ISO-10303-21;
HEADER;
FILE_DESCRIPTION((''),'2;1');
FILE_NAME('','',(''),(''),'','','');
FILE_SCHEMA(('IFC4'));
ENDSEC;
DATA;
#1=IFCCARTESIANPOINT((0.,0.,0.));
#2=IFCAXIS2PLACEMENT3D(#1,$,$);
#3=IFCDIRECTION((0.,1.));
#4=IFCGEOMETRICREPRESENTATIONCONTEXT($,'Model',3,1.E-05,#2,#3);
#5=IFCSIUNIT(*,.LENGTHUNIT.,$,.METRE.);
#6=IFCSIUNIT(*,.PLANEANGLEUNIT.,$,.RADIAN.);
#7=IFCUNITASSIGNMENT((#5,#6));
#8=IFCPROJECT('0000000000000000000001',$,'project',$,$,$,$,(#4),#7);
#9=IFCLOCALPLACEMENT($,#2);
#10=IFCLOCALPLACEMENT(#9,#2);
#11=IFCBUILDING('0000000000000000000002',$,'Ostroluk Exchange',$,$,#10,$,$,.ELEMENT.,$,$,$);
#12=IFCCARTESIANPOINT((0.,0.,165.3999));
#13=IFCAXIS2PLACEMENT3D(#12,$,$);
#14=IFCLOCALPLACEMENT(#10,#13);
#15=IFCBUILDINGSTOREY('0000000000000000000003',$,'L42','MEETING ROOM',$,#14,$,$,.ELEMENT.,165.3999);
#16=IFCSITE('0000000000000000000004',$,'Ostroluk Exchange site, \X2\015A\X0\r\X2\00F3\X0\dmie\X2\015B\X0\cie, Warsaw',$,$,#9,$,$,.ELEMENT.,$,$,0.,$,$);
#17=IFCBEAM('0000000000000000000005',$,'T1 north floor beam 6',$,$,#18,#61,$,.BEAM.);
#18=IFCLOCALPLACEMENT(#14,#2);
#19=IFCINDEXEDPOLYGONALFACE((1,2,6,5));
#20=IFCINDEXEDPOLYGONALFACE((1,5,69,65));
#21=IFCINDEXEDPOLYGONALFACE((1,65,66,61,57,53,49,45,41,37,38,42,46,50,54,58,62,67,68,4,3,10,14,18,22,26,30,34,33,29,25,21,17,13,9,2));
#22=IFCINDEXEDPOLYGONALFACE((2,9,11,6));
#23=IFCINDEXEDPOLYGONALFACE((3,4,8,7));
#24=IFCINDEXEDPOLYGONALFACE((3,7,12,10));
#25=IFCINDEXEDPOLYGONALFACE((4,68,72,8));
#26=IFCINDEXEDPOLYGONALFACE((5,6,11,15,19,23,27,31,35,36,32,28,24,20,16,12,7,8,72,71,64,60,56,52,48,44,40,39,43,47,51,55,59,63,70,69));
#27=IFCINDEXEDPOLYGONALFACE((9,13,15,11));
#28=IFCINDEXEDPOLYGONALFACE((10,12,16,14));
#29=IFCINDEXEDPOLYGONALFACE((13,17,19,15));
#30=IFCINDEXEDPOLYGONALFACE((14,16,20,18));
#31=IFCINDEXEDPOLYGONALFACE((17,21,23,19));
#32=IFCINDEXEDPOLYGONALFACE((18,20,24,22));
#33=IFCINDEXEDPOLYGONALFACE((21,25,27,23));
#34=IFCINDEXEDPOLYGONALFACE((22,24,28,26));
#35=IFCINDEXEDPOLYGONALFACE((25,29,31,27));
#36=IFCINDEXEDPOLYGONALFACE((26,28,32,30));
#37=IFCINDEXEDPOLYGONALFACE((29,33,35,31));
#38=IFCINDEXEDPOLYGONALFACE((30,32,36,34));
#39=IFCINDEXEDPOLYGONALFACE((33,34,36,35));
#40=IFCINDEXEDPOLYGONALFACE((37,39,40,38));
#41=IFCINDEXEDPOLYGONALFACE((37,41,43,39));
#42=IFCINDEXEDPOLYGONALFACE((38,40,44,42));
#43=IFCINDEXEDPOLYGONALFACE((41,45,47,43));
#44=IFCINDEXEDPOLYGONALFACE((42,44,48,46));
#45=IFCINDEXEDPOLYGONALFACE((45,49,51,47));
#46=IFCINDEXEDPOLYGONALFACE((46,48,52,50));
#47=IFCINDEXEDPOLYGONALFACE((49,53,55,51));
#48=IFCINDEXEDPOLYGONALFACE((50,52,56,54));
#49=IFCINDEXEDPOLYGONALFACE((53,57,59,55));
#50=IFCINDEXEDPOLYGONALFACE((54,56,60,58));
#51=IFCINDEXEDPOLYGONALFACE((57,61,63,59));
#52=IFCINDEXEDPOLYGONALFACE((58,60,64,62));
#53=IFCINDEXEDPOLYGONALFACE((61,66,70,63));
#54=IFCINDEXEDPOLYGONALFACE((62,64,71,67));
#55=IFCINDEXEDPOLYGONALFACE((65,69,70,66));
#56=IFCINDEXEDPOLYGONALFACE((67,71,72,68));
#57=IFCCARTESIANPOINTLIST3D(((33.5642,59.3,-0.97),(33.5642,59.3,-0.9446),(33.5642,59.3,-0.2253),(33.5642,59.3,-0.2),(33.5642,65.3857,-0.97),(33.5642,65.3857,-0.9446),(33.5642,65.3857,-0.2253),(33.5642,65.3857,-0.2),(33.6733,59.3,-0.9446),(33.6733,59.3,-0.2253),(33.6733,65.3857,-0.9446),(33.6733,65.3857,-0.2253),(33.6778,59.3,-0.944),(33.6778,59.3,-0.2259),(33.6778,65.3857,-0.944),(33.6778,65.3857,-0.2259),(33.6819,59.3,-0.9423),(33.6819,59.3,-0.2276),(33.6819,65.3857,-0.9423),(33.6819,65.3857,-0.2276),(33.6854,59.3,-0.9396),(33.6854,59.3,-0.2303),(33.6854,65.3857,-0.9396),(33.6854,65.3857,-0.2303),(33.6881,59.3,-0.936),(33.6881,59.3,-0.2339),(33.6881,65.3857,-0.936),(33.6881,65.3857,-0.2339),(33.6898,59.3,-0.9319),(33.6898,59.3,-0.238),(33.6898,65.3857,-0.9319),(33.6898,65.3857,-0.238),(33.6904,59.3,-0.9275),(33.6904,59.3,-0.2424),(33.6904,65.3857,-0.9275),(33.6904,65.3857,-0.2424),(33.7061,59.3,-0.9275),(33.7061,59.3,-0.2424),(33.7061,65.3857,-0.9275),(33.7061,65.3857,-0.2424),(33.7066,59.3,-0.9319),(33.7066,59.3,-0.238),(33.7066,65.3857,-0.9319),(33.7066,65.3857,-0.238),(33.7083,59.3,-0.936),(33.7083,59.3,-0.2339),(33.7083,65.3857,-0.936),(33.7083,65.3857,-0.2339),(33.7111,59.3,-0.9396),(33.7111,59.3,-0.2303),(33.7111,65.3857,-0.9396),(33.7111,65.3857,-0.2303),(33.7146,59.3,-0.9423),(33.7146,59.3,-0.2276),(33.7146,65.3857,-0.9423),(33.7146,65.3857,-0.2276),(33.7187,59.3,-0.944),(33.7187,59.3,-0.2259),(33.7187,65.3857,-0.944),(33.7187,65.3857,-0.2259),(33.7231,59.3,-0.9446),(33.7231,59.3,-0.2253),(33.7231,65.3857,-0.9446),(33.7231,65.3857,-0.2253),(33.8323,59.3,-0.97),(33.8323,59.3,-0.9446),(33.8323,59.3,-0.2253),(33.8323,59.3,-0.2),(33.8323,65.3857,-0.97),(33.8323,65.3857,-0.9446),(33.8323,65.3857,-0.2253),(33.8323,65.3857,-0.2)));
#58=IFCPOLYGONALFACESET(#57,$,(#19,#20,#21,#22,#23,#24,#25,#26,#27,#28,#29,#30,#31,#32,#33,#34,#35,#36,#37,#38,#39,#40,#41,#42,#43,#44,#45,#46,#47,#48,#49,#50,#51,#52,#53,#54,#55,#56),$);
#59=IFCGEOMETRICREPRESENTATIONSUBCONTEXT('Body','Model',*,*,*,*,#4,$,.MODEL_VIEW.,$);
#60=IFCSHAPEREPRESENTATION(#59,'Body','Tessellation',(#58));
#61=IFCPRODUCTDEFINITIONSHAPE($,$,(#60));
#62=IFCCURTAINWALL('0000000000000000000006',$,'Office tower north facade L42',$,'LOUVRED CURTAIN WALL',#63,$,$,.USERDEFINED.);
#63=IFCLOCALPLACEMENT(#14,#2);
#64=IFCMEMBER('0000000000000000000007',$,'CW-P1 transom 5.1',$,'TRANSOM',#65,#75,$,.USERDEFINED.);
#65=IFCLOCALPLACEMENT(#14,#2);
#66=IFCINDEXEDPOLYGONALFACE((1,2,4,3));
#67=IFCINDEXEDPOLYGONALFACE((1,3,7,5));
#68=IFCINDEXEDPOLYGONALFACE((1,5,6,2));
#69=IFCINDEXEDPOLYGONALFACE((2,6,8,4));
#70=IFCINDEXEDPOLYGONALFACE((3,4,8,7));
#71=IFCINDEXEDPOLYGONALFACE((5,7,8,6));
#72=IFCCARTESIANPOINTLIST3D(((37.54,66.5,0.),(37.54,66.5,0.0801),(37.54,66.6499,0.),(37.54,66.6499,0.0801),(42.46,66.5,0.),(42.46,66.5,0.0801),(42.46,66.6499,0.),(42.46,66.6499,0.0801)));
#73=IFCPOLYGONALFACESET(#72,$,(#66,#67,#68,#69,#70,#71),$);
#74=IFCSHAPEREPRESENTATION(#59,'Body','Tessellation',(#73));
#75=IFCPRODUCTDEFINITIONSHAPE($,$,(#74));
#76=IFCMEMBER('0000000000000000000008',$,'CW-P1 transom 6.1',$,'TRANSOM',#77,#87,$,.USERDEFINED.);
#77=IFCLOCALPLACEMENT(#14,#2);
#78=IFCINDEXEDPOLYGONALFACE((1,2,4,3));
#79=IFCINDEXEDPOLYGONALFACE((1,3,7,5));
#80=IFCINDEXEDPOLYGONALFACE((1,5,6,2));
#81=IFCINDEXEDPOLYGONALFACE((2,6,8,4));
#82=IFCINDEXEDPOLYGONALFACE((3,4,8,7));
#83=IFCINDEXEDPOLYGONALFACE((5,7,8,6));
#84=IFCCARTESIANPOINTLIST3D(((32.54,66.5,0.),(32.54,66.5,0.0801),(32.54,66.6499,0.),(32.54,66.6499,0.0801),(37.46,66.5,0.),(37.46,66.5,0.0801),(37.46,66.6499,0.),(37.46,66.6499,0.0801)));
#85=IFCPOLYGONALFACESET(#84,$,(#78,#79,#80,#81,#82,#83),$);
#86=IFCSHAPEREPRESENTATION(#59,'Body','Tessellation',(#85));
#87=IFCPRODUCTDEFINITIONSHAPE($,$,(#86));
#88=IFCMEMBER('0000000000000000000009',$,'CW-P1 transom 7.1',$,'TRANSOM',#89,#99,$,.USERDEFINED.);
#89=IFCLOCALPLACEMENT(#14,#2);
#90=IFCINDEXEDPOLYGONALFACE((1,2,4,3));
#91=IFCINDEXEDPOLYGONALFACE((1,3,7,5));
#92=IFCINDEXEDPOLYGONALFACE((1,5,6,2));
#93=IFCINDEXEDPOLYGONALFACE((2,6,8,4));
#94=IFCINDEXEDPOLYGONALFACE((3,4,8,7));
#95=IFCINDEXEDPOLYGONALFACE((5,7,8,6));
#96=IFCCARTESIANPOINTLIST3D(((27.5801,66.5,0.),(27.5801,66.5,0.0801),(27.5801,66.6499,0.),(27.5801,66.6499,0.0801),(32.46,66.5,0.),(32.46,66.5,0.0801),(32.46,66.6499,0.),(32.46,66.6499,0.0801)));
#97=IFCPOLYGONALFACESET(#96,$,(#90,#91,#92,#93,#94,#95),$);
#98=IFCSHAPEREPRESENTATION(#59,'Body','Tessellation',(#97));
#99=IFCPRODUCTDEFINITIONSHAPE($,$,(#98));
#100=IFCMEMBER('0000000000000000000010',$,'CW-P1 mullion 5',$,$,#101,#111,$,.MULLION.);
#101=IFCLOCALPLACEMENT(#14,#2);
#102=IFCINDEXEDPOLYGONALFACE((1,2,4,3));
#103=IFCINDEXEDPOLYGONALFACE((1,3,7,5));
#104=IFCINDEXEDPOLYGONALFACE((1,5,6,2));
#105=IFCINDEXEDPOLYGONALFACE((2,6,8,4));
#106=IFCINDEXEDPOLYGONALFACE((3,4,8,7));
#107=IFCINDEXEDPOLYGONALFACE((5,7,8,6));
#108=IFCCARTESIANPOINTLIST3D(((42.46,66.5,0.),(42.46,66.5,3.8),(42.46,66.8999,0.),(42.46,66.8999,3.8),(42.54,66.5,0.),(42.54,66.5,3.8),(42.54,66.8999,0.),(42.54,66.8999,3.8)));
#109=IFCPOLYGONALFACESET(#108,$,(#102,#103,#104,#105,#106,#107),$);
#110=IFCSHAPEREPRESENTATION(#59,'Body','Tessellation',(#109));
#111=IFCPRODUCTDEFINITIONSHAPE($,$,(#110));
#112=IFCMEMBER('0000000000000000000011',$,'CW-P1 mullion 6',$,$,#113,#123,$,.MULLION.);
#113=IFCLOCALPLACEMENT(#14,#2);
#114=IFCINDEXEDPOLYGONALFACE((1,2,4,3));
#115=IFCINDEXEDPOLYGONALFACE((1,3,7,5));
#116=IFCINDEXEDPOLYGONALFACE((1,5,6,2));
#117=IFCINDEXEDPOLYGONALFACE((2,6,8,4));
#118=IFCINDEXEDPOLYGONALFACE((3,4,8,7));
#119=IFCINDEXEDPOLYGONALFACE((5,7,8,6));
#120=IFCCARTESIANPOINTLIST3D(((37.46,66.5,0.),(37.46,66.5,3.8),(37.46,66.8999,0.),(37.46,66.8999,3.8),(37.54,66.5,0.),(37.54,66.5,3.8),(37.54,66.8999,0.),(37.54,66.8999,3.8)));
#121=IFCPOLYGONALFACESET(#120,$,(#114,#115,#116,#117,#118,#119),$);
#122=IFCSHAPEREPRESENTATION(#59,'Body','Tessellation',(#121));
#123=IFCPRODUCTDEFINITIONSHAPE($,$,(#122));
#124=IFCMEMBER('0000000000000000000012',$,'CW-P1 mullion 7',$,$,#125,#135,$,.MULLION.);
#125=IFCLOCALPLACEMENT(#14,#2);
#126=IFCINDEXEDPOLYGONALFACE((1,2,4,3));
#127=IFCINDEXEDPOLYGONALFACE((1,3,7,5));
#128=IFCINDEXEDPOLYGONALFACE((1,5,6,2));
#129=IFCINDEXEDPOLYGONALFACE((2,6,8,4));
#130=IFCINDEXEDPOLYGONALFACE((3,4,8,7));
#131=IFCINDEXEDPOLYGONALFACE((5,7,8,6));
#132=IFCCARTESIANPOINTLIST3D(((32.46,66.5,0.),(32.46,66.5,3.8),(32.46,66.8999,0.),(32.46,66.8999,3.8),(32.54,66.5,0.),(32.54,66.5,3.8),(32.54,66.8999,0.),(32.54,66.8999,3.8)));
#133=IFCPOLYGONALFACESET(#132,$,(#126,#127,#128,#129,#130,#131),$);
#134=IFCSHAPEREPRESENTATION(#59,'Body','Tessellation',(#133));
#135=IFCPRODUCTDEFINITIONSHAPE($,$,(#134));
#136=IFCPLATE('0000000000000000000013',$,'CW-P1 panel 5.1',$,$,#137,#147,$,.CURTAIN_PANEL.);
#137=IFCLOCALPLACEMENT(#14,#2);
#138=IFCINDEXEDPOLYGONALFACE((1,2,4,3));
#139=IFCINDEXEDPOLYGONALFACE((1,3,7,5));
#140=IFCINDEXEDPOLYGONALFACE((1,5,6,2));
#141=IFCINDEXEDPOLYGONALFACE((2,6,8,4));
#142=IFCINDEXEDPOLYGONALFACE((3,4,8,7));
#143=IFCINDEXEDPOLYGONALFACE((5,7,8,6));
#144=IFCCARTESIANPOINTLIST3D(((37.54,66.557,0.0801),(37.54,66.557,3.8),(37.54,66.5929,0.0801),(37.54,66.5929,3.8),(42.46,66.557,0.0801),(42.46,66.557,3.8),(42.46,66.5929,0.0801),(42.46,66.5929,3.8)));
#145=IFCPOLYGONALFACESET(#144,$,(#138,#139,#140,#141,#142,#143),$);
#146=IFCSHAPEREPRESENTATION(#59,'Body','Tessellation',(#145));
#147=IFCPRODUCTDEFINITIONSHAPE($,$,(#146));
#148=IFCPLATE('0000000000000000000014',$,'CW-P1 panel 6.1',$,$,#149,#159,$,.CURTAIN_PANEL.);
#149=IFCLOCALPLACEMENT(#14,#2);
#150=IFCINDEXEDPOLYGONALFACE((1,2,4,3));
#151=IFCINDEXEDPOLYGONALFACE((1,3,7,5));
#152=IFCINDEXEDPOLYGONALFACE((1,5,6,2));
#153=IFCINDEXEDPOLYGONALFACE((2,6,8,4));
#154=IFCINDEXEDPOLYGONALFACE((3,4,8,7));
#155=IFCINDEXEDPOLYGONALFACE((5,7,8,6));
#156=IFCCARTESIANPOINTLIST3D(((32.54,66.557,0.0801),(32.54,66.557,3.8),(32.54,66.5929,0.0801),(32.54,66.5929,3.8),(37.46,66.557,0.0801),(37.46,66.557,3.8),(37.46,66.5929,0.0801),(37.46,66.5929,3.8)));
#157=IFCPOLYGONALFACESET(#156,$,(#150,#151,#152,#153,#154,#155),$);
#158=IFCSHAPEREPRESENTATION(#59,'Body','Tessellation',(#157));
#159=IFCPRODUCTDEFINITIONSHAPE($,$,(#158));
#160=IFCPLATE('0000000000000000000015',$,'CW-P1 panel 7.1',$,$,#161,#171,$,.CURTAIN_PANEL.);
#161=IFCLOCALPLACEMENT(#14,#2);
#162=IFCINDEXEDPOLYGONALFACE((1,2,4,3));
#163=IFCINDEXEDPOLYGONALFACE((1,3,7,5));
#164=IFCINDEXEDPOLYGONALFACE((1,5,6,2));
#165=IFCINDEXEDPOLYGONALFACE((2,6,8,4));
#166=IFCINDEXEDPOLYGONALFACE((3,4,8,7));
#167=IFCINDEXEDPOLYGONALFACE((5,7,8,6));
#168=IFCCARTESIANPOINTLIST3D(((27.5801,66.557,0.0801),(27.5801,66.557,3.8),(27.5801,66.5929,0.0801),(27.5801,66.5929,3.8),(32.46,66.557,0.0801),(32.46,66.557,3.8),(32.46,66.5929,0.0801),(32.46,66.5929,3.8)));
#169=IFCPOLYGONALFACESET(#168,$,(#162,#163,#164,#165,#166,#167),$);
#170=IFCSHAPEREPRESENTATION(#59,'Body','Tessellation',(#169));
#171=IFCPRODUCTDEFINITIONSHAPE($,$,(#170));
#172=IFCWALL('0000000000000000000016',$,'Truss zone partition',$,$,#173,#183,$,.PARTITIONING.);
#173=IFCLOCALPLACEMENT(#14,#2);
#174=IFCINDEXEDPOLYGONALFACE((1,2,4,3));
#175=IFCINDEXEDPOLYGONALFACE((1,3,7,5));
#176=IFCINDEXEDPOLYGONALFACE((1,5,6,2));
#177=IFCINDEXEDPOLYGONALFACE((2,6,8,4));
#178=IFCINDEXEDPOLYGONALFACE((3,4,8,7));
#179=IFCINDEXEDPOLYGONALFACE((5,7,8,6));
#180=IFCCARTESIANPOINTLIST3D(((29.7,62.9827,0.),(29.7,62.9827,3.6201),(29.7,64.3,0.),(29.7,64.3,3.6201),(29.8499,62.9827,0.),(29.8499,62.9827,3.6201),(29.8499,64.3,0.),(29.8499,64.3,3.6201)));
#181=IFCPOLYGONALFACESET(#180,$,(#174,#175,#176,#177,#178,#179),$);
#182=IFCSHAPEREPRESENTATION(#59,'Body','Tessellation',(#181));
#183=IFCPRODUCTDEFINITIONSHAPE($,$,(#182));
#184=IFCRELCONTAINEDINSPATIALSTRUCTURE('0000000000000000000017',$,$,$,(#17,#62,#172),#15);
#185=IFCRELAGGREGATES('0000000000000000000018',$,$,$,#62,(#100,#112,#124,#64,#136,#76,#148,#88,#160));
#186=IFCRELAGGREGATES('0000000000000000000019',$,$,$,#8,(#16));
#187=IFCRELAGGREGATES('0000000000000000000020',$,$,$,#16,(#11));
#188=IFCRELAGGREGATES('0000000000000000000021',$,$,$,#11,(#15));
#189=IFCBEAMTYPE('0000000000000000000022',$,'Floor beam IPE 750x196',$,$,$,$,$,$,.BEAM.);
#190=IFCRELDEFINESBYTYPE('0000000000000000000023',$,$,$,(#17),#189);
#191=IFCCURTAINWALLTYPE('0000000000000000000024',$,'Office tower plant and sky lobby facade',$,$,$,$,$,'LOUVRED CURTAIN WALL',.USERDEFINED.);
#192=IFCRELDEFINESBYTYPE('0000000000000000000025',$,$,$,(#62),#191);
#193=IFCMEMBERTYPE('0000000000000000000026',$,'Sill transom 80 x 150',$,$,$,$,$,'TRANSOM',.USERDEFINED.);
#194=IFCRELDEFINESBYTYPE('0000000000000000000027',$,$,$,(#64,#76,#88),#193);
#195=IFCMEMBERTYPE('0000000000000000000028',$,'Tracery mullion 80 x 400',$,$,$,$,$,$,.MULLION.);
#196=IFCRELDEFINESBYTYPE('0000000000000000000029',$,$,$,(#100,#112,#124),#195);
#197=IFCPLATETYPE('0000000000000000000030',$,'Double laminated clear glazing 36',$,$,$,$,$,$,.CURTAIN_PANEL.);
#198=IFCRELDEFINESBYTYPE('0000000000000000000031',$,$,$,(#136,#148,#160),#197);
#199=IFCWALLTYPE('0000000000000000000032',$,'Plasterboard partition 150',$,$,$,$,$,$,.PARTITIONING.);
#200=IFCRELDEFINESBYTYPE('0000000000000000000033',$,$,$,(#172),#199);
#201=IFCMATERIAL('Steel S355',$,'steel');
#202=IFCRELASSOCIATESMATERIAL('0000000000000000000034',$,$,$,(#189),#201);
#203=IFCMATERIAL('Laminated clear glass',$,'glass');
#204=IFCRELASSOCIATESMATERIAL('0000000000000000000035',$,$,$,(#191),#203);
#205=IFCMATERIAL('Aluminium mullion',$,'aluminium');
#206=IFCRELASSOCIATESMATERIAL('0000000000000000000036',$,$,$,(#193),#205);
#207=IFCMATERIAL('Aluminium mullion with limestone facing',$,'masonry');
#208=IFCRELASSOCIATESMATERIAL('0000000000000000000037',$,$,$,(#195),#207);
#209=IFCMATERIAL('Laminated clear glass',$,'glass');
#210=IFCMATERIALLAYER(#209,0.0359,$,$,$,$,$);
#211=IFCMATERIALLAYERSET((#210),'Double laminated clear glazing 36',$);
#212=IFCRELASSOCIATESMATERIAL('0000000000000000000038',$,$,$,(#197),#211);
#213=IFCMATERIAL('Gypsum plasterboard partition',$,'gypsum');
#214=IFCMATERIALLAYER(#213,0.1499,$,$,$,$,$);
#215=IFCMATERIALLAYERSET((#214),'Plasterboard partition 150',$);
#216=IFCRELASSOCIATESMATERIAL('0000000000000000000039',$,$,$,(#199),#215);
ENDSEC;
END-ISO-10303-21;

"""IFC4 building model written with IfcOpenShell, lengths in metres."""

from ifc_helpers import new_model, si_unit, direction, frame, frame_2d, origin, origin_2d, place, context, subcontext, project, spatial, rectangle, i_section, extrude, material, layer, layer_set, material_profile, profile_set, type_object, element, aggregate, save


model = new_model("IFC4")

# Units and contexts
model_context = context("Model", 3, precision=1e-05, world=origin(), true_north=direction((0.0, 1.0)))
body_context = subcontext(model_context, "Body", "Model", "MODEL_VIEW")
ifc_project = project(units=[si_unit("LENGTHUNIT", "METRE"), si_unit("PLANEANGLEUNIT", "RADIAN")], contexts=[model_context])

# Site, building, storey
site_placement = place(None, origin())
site = spatial("IfcSite", under=ifc_project, at=site_placement, Name="Ostroluk Exchange site, Śródmieście, Warsaw", CompositionType="ELEMENT", RefElevation=0.0)
building_placement = place(site_placement, origin())
building = spatial("IfcBuilding", under=site, at=building_placement, Name="Ostroluk Exchange", CompositionType="ELEMENT")
storey_placement = place(building_placement, frame((0.0, 0.0, 165.3999)))
storey = spatial("IfcBuildingStorey", under=building, at=storey_placement, Name="L42", Description="MEETING ROOM", CompositionType="ELEMENT", Elevation=165.3999)

# Beam
ifc_material_1 = material(Name="Steel S355", Category="steel")
ifc_material_profile_1 = material_profile(ifc_material_1, i_section(OverallWidth=0.2681, OverallDepth=0.77, WebThickness=0.0156, FlangeThickness=0.0254, FilletRadius=0.0171, at=origin_2d()), Name="IPE 750x196")
ifc_profile_set_1 = profile_set([ifc_material_profile_1], Name="Steel S355")
beam_type_1 = type_object("IfcBeamType", Name="Floor beam IPE 750x196", PredefinedType="BEAM", material=ifc_profile_set_1)
for number, where, z_axis, x_axis, name in (
    (1, (33.6982, 59.3, -0.585), (0.0, 1.0, 0.0), (-1.0, 0.0, 0.0), "T1 north floor beam 6"),
):
    element("IfcBeam", number, at=place(storey_placement, frame(where, z_axis=z_axis, x_axis=x_axis)), inside=storey, type_object=beam_type_1, Name=name, PredefinedType="BEAM", context=body_context, shape_type="SweptSolid", body=[
        extrude(i_section(OverallWidth=0.2681, OverallDepth=0.77, WebThickness=0.0156, FlangeThickness=0.0254, FilletRadius=0.0171, at=origin_2d()), origin(), (0.0, 0.0, 1.0), 6.0857),
    ])

# Curtain wall, members, plates
ifc_material_2 = material(Name="Laminated clear glass", Category="glass")
curtain_wall_type = type_object("IfcCurtainWallType", Name="Office tower plant and sky lobby facade", ElementType="LOUVRED CURTAIN WALL", PredefinedType="USERDEFINED", material=ifc_material_2)
curtain_wall_placement = place(storey_placement, origin())
curtain_wall = element("IfcCurtainWall", 2, at=curtain_wall_placement, inside=storey, type_object=curtain_wall_type, Name="Office tower north facade L42", ObjectType="LOUVRED CURTAIN WALL", PredefinedType="USERDEFINED")
ifc_material_3 = material(Name="Aluminium mullion", Category="aluminium")
ifc_material_profile_2 = material_profile(ifc_material_3, rectangle(XDim=0.1499, YDim=0.0801, at=origin_2d()), Name="Sill transom 80 x 150")
ifc_profile_set_2 = profile_set([ifc_material_profile_2], Name="Aluminium mullion")
member_type_1 = type_object("IfcMemberType", Name="Sill transom 80 x 150", ElementType="TRANSOM", PredefinedType="USERDEFINED", material=ifc_profile_set_2)
member_1_placement = place(storey_placement, frame((42.46, 66.575, 0.04), z_axis=(-1.0, 0.0, 0.0), x_axis=(0.0, -1.0, 0.0)))
member_1 = element("IfcMember", 3, at=member_1_placement, type_object=member_type_1, Name="CW-P1 transom 5.1", ObjectType="TRANSOM", PredefinedType="USERDEFINED", context=body_context, shape_type="SweptSolid", body=[
    extrude(rectangle(XDim=0.1499, YDim=0.0801, at=origin_2d()), origin(), (0.0, 0.0, 1.0), 4.9199),
])
member_2_placement = place(storey_placement, frame((37.46, 66.575, 0.04), z_axis=(-1.0, 0.0, 0.0), x_axis=(0.0, -1.0, 0.0)))
member_2 = element("IfcMember", 4, at=member_2_placement, type_object=member_type_1, Name="CW-P1 transom 6.1", ObjectType="TRANSOM", PredefinedType="USERDEFINED", context=body_context, shape_type="SweptSolid", body=[
    extrude(rectangle(XDim=0.1499, YDim=0.0801, at=origin_2d()), origin(), (0.0, 0.0, 1.0), 4.9199),
])
member_3_placement = place(storey_placement, frame((32.46, 66.575, 0.04), z_axis=(-1.0, 0.0, 0.0), x_axis=(0.0, -1.0, 0.0)))
member_3 = element("IfcMember", 5, at=member_3_placement, type_object=member_type_1, Name="CW-P1 transom 7.1", ObjectType="TRANSOM", PredefinedType="USERDEFINED", context=body_context, shape_type="SweptSolid", body=[
    extrude(rectangle(XDim=0.1499, YDim=0.0801, at=origin_2d()), origin(), (0.0, 0.0, 1.0), 4.8799),
])
ifc_material_4 = material(Name="Aluminium mullion with limestone facing", Category="masonry")
ifc_material_profile_3 = material_profile(ifc_material_4, rectangle(XDim=0.3999, YDim=0.0801, at=origin_2d()), Name="Tracery mullion 80 x 400")
ifc_profile_set_3 = profile_set([ifc_material_profile_3], Name="Aluminium mullion with limestone facing")
member_type_2 = type_object("IfcMemberType", Name="Tracery mullion 80 x 400", PredefinedType="MULLION", material=ifc_profile_set_3)
member_4_placement = place(storey_placement, frame((42.5, 66.7, 0.0), z_axis=(0.0, 0.0, 1.0), x_axis=(0.0, -1.0, 0.0)))
member_4 = element("IfcMember", 6, at=member_4_placement, type_object=member_type_2, Name="CW-P1 mullion 5", PredefinedType="MULLION", context=body_context, shape_type="SweptSolid", body=[
    extrude(rectangle(XDim=0.3999, YDim=0.0801, at=origin_2d()), origin(), (0.0, 0.0, 1.0), 3.8),
])
member_5_placement = place(storey_placement, frame((37.5, 66.7, 0.0), z_axis=(0.0, 0.0, 1.0), x_axis=(0.0, -1.0, 0.0)))
member_5 = element("IfcMember", 7, at=member_5_placement, type_object=member_type_2, Name="CW-P1 mullion 6", PredefinedType="MULLION", context=body_context, shape_type="SweptSolid", body=[
    extrude(rectangle(XDim=0.3999, YDim=0.0801, at=origin_2d()), origin(), (0.0, 0.0, 1.0), 3.8),
])
member_6_placement = place(storey_placement, frame((32.5, 66.7, 0.0), z_axis=(0.0, 0.0, 1.0), x_axis=(0.0, -1.0, 0.0)))
member_6 = element("IfcMember", 8, at=member_6_placement, type_object=member_type_2, Name="CW-P1 mullion 7", PredefinedType="MULLION", context=body_context, shape_type="SweptSolid", body=[
    extrude(rectangle(XDim=0.3999, YDim=0.0801, at=origin_2d()), origin(), (0.0, 0.0, 1.0), 3.8),
])
ifc_material_5 = material(Name="Laminated clear glass", Category="glass")
ifc_layer_1 = layer(ifc_material_5, 0.0359)
ifc_layer_set_1 = layer_set([ifc_layer_1], Name="Double laminated clear glazing 36")
plate_type = type_object("IfcPlateType", Name="Double laminated clear glazing 36", PredefinedType="CURTAIN_PANEL", material=ifc_layer_set_1)
plate_1_placement = place(storey_placement, frame((40.0, 66.575, 0.0801), z_axis=(0.0, 0.0, 1.0), x_axis=(-1.0, 0.0, 0.0)))
plate_1 = element("IfcPlate", 9, at=plate_1_placement, type_object=plate_type, Name="CW-P1 panel 5.1", PredefinedType="CURTAIN_PANEL", context=body_context, shape_type="SweptSolid", body=[
    extrude(rectangle(XDim=4.9199, YDim=0.0359, at=origin_2d()), origin(), (0.0, 0.0, 1.0), 3.72),
])
plate_2_placement = place(storey_placement, frame((35.0, 66.575, 0.0801), z_axis=(0.0, 0.0, 1.0), x_axis=(-1.0, 0.0, 0.0)))
plate_2 = element("IfcPlate", 10, at=plate_2_placement, type_object=plate_type, Name="CW-P1 panel 6.1", PredefinedType="CURTAIN_PANEL", context=body_context, shape_type="SweptSolid", body=[
    extrude(rectangle(XDim=4.9199, YDim=0.0359, at=origin_2d()), origin(), (0.0, 0.0, 1.0), 3.72),
])
plate_3_placement = place(storey_placement, frame((30.02, 66.575, 0.0801), z_axis=(0.0, 0.0, 1.0), x_axis=(-1.0, 0.0, 0.0)))
plate_3 = element("IfcPlate", 11, at=plate_3_placement, type_object=plate_type, Name="CW-P1 panel 7.1", PredefinedType="CURTAIN_PANEL", context=body_context, shape_type="SweptSolid", body=[
    extrude(rectangle(XDim=4.8799, YDim=0.0359, at=origin_2d()), origin(), (0.0, 0.0, 1.0), 3.72),
])
aggregate(curtain_wall, [member_4, member_5, member_6, member_1, plate_1, member_2, plate_2, member_3, plate_3])

# Wall
ifc_material_6 = material(Name="Gypsum plasterboard partition", Category="gypsum")
ifc_layer_2 = layer(ifc_material_6, 0.1499)
ifc_layer_set_2 = layer_set([ifc_layer_2], Name="Plasterboard partition 150")
wall_type = type_object("IfcWallType", Name="Plasterboard partition 150", PredefinedType="PARTITIONING", material=ifc_layer_set_2)
wall_placement = place(storey_placement, frame((29.7749, 62.9827, 0.0), z_axis=(0.0, 0.0, 1.0), x_axis=(0.0, 1.0, 0.0)))
element("IfcWall", 12, at=wall_placement, inside=storey, type_object=wall_type, Name="Truss zone partition", PredefinedType="PARTITIONING", context=body_context, shape_type="SweptSolid", body=[
    extrude(rectangle(XDim=1.3174, YDim=0.1499, at=frame_2d((0.6587, 0.0))), origin(), (0.0, 0.0, 1.0), 3.6201),
])

save(model, "model.ifc")
